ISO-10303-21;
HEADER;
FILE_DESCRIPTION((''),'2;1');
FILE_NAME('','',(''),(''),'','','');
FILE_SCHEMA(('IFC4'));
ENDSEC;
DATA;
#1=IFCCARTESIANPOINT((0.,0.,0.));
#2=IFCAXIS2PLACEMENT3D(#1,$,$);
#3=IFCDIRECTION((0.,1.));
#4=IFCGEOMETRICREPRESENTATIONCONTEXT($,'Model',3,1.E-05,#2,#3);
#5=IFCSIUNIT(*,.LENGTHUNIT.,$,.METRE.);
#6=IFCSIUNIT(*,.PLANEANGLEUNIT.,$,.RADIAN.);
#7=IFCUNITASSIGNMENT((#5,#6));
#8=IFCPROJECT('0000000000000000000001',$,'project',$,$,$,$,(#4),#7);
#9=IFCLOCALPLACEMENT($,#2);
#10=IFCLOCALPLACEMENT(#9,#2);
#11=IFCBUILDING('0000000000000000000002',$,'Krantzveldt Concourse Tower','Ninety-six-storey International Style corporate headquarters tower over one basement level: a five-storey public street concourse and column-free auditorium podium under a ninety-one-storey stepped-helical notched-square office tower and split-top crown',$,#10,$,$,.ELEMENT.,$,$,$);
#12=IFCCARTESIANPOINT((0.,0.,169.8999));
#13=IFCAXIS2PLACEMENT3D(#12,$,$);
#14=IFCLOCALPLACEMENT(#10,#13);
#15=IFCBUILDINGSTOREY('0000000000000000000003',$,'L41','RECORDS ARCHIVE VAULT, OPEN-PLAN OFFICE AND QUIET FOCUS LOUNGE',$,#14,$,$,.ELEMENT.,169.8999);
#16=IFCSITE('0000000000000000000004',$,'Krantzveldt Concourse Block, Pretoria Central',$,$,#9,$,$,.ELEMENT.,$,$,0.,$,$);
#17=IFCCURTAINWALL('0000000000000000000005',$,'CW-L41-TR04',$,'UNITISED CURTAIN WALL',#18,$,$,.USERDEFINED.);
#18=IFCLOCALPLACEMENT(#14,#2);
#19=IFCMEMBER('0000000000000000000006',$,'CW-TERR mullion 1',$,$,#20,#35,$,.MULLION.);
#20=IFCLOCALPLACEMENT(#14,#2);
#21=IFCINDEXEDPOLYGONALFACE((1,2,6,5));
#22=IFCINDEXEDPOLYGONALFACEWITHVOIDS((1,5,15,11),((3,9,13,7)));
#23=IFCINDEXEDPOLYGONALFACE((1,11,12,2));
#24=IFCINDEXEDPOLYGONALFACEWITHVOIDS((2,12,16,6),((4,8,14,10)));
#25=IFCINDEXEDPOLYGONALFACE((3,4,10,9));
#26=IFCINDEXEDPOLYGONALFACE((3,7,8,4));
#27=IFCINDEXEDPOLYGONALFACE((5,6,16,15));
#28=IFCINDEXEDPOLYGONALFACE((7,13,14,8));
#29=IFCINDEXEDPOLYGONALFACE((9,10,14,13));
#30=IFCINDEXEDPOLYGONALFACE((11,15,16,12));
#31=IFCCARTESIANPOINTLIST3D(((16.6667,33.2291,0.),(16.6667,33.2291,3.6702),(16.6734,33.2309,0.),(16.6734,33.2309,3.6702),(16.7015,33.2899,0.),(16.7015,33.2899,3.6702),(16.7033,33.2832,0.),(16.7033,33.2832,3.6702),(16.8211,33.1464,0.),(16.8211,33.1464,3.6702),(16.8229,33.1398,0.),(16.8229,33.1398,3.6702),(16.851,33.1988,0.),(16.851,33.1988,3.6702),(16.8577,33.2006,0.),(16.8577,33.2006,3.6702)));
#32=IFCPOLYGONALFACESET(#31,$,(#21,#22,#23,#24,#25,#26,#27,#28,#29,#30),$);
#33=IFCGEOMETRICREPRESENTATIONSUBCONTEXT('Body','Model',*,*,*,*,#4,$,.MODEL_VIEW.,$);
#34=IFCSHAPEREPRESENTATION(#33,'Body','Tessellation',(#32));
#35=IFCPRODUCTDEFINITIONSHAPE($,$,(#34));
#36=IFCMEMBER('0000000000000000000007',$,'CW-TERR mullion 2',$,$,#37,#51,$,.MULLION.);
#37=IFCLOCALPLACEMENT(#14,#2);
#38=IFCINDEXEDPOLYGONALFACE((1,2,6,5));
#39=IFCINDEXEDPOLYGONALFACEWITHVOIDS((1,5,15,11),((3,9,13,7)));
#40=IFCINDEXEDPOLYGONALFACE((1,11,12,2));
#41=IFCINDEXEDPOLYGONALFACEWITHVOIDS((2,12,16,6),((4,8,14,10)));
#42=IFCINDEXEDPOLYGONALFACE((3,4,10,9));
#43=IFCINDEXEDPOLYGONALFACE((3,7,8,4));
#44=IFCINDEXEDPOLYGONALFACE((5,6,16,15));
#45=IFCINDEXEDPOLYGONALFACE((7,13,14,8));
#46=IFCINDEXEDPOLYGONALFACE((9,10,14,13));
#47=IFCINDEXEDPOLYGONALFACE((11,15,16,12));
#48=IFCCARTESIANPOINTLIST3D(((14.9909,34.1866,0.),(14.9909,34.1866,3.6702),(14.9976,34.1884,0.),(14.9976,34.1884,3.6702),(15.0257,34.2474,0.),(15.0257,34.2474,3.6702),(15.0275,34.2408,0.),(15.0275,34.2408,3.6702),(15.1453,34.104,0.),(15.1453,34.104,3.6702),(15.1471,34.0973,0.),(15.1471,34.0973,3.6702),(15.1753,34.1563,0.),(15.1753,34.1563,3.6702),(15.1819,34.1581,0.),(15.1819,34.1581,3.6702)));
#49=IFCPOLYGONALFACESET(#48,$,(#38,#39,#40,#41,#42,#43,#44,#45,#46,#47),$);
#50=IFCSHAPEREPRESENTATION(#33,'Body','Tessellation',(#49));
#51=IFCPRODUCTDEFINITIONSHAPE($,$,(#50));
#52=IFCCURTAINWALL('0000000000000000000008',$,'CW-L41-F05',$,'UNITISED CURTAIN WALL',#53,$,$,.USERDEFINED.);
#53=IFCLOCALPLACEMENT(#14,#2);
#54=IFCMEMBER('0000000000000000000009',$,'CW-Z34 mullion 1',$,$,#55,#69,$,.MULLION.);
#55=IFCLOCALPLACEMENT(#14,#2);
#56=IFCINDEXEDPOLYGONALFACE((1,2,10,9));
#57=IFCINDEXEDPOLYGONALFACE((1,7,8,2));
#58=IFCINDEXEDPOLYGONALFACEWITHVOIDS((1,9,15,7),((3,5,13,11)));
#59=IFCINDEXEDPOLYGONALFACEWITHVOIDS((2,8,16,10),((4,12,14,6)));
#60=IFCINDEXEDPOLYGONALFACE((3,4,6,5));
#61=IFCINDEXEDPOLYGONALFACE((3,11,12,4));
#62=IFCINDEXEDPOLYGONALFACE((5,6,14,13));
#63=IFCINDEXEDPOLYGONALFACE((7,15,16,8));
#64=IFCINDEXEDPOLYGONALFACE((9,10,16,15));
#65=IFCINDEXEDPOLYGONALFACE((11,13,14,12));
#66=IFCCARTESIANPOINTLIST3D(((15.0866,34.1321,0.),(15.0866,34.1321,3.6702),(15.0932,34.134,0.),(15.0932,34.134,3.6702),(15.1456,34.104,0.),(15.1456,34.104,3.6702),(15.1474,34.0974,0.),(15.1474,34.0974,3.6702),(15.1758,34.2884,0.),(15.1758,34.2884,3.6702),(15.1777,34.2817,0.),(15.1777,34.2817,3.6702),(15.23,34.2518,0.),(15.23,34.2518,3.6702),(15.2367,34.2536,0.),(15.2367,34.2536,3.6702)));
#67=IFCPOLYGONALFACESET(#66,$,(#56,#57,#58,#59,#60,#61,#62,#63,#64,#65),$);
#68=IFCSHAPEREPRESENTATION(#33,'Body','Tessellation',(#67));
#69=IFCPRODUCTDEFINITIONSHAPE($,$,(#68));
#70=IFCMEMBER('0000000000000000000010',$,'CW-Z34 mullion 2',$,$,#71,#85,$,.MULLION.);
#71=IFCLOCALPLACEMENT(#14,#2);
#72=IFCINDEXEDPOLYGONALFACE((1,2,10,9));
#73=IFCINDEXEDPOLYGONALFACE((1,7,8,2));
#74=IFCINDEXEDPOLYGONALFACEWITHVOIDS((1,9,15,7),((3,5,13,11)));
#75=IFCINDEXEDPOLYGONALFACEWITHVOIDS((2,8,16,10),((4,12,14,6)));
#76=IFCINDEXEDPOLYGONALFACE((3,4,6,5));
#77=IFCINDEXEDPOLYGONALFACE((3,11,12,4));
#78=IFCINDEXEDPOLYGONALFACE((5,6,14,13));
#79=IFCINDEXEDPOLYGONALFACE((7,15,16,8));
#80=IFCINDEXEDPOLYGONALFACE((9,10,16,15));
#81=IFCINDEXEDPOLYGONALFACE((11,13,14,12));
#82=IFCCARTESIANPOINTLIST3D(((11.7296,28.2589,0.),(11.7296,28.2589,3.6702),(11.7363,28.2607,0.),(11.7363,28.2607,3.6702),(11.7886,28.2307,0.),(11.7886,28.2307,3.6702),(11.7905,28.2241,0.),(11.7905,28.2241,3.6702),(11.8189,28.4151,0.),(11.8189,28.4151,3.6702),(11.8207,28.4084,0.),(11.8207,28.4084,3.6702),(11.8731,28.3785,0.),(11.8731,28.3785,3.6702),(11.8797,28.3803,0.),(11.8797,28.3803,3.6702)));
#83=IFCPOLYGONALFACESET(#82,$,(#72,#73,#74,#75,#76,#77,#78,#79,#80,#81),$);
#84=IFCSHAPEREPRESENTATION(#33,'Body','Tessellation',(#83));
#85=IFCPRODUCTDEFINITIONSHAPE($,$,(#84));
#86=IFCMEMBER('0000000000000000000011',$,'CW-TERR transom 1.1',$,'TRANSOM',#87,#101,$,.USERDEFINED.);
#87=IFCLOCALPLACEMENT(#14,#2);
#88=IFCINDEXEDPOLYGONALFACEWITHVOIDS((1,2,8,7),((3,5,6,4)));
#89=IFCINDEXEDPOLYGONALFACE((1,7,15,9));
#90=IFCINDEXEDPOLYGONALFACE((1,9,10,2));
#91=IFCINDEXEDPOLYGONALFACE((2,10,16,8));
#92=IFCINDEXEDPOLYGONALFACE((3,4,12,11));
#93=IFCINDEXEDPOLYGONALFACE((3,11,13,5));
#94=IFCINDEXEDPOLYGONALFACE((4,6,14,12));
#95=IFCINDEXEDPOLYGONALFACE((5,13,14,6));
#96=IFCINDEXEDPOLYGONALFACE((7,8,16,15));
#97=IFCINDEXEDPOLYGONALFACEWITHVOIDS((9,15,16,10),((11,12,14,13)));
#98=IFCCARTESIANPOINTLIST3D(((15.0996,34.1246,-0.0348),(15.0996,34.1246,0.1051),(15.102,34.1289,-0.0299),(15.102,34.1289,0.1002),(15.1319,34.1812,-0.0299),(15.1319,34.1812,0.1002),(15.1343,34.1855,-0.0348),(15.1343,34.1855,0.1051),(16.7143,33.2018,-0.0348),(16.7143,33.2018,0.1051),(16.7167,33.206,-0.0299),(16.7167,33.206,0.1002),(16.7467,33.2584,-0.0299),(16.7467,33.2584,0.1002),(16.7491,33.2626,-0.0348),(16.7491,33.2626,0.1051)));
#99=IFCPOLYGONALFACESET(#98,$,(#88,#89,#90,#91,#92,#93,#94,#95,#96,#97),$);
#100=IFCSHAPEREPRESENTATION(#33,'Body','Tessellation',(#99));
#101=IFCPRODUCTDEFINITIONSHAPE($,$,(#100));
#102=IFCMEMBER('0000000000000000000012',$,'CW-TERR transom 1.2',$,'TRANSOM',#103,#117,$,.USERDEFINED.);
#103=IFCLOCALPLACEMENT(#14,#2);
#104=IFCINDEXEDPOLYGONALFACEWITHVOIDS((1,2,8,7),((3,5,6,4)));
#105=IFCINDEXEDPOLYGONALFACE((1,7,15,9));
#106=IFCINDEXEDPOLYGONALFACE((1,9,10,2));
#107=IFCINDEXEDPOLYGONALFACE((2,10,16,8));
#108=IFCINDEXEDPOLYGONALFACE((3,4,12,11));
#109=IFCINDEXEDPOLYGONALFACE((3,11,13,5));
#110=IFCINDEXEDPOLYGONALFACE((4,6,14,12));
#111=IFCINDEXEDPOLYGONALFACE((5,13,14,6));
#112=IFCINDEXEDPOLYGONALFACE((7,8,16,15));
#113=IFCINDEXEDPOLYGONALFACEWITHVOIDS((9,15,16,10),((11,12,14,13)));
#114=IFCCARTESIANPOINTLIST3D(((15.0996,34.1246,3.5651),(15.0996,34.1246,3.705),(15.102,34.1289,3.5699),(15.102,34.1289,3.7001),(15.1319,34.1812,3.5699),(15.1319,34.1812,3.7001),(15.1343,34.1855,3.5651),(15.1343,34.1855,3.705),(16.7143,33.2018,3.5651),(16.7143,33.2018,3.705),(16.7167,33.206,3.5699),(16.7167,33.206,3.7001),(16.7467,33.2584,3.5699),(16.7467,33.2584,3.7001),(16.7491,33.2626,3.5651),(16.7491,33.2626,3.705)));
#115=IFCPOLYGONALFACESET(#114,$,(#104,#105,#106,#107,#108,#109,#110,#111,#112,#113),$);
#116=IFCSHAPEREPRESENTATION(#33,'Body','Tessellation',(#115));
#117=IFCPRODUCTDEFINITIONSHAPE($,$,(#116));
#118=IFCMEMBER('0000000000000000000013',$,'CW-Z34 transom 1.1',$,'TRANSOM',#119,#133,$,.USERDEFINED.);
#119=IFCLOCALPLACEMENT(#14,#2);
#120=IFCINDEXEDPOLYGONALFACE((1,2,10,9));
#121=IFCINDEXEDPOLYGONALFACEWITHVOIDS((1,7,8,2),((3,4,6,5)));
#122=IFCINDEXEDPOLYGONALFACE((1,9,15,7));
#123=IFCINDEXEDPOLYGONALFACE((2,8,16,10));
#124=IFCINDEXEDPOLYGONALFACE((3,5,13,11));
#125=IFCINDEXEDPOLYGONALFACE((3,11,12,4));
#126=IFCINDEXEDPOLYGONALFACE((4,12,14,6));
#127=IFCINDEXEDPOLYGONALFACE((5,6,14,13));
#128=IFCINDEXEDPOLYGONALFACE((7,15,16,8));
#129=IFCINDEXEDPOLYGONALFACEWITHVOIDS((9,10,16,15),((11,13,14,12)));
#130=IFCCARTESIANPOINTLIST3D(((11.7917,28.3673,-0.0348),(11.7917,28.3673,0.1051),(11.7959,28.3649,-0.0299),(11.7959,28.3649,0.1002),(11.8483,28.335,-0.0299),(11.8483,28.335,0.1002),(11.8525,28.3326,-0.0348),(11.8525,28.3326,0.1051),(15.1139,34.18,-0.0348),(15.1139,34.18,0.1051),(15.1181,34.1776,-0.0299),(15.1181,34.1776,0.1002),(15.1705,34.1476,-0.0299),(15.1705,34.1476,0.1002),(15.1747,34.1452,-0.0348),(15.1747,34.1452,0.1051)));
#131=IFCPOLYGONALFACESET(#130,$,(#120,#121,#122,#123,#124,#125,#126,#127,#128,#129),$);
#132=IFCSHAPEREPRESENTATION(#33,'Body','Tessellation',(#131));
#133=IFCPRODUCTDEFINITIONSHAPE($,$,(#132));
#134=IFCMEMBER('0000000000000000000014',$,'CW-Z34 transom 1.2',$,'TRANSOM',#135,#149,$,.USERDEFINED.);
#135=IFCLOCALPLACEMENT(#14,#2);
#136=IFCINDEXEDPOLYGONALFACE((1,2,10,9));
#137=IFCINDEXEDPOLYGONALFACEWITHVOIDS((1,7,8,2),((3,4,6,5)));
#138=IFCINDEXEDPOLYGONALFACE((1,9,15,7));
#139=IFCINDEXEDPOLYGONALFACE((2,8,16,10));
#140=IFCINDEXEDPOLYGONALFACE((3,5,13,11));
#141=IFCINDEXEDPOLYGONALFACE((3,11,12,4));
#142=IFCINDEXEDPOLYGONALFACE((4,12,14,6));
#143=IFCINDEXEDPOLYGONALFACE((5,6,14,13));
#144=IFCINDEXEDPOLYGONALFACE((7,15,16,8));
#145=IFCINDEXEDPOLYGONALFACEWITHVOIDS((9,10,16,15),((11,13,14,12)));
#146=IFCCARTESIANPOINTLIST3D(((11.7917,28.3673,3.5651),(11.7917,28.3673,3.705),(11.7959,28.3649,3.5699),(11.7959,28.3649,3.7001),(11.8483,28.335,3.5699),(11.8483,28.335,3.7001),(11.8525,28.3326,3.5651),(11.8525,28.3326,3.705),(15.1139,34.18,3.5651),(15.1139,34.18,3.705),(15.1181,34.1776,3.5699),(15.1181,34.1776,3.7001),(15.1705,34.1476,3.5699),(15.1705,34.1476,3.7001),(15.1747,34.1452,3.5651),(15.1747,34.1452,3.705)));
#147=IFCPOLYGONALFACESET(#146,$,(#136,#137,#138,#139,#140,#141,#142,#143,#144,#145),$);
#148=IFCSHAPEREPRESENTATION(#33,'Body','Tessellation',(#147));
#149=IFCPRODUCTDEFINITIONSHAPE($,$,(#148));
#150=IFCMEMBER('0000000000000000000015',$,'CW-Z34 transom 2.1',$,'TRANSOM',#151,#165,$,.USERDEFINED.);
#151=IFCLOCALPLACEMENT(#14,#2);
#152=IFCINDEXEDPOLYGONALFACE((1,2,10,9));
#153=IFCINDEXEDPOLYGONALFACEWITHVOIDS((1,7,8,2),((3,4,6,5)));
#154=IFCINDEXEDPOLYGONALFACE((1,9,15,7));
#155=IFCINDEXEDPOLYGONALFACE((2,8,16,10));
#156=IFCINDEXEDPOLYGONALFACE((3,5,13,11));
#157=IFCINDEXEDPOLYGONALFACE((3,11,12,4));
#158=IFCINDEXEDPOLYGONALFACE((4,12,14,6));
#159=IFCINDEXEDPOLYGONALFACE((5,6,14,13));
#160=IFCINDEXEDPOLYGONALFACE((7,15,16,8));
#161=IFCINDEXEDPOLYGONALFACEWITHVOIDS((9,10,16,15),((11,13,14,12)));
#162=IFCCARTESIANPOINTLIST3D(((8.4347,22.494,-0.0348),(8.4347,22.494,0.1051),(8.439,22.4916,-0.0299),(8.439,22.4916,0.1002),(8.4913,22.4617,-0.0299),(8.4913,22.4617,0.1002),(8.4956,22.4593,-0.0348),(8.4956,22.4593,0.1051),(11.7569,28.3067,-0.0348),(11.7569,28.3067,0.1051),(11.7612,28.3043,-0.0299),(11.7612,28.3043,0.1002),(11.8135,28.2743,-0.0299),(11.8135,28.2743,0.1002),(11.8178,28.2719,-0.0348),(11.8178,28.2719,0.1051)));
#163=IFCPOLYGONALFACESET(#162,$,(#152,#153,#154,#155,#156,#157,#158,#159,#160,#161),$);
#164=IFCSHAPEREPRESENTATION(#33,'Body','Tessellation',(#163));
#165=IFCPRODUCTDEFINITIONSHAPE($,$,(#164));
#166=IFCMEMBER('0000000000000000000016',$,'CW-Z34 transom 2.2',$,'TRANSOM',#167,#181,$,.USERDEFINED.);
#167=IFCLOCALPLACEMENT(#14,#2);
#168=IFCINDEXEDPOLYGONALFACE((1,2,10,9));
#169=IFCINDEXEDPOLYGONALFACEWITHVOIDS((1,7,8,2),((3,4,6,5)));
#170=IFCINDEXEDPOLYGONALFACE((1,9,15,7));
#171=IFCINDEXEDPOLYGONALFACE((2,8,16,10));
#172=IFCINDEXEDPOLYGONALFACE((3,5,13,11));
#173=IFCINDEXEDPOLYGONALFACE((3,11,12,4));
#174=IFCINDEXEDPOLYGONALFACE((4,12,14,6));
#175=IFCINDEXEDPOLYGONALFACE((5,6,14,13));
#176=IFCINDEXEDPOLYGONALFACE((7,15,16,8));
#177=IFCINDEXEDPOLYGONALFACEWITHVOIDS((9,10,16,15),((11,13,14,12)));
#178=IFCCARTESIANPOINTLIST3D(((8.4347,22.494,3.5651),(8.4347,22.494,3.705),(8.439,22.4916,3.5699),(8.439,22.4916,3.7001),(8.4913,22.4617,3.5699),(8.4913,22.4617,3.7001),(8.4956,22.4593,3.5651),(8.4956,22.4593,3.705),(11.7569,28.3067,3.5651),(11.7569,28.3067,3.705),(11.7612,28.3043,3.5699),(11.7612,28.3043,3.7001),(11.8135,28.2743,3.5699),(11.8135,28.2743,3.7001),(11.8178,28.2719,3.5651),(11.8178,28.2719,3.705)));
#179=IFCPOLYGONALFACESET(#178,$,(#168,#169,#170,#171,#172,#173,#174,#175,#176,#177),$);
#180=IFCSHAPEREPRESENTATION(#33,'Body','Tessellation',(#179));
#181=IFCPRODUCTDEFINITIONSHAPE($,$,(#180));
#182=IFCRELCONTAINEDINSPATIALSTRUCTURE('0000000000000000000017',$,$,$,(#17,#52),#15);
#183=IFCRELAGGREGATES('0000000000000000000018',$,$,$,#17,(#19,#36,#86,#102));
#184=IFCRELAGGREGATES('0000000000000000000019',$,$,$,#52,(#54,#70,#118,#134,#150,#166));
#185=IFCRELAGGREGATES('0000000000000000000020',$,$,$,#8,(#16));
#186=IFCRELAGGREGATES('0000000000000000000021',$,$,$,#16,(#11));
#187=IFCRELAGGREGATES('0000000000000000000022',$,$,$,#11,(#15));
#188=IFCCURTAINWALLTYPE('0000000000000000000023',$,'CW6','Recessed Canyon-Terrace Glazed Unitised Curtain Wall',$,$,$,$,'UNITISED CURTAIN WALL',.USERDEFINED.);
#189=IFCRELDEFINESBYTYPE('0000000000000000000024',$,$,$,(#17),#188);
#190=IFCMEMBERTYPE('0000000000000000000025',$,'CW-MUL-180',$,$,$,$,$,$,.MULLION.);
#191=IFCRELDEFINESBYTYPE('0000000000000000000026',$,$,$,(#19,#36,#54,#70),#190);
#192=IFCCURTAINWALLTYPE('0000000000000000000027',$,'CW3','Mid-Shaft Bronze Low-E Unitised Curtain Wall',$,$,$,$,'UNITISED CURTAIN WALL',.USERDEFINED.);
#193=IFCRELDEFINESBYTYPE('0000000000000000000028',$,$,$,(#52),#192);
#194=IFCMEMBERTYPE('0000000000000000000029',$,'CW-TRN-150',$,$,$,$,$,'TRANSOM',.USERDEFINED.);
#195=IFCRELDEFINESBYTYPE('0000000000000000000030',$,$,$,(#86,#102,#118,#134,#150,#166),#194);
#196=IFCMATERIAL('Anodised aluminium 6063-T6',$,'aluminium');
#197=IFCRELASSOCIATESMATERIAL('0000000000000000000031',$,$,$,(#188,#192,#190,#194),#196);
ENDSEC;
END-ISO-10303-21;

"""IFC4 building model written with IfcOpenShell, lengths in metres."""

from ifc_helpers import new_model, si_unit, direction, frame, origin, origin_2d, place, context, subcontext, project, spatial, hollow_rectangle, extrude, source, transform, mapped, material, material_profile, profile_set, type_object, type_shapes, element, aggregate, save


model = new_model("IFC4")

# Units and contexts
model_context = context("Model", 3, precision=1e-05, world=origin(), true_north=direction((0.0, 1.0)))
body_context = subcontext(model_context, "Body", "Model", "MODEL_VIEW")
ifc_project = project(units=[si_unit("LENGTHUNIT", "METRE"), si_unit("PLANEANGLEUNIT", "RADIAN")], contexts=[model_context])

# Site, building, storey
site_placement = place(None, origin())
site = spatial("IfcSite", under=ifc_project, at=site_placement, Name="Krantzveldt Concourse Block, Pretoria Central", CompositionType="ELEMENT", RefElevation=0.0)
building_placement = place(site_placement, origin())
building = spatial("IfcBuilding", under=site, at=building_placement, Name="Krantzveldt Concourse Tower", Description="Ninety-six-storey International Style corporate headquarters tower over one basement level: a five-storey public street concourse and column-free auditorium podium under a ninety-one-storey stepped-helical notched-square office tower and split-top crown", CompositionType="ELEMENT")
storey_placement = place(building_placement, frame((0.0, 0.0, 169.8999)))
storey = spatial("IfcBuildingStorey", under=building, at=storey_placement, Name="L41", Description="RECORDS ARCHIVE VAULT, OPEN-PLAN OFFICE AND QUIET FOCUS LOUNGE", CompositionType="ELEMENT", Elevation=169.8999)

# Curtain walls, members
ifc_material_1 = material(Name="Anodised aluminium 6063-T6", Category="aluminium")
curtain_wall_type_1 = type_object("IfcCurtainWallType", Name="CW6", Description="Recessed Canyon-Terrace Glazed Unitised Curtain Wall", ElementType="UNITISED CURTAIN WALL", PredefinedType="USERDEFINED", material=ifc_material_1)
curtain_wall_1_placement = place(storey_placement, origin())
curtain_wall_1 = element("IfcCurtainWall", 1, at=curtain_wall_1_placement, inside=storey, type_object=curtain_wall_type_1, Name="CW-L41-TR04", ObjectType="UNITISED CURTAIN WALL", PredefinedType="USERDEFINED")
ifc_material_profile_1 = material_profile(ifc_material_1, hollow_rectangle(XDim=0.0701, YDim=0.1799, WallThickness=0.0049, at=origin_2d()), Name="Anodised aluminium 6063-T6", Category="aluminium")
ifc_profile_set_1 = profile_set([ifc_material_profile_1], Name="Anodised aluminium 6063-T6 - ALU-MULL 180x70x5")
member_type_1 = type_object("IfcMemberType", Name="CW-MUL-180", PredefinedType="MULLION", material=ifc_profile_set_1)
shared_shape_1 = source(origin(), body_context, "Body", "SweptSolid", [
    extrude(hollow_rectangle(XDim=0.0701, YDim=0.1799, WallThickness=0.0049, at=origin_2d()), origin(), (0.0, 0.0, 1.0), 3.6702),
])
type_shapes(member_type_1, [shared_shape_1])
member_1_placement = place(storey_placement, frame((16.7622, 33.2148, 0.0), z_axis=(0.0, 0.0, 1.0), x_axis=(-0.496219, -0.868198, 0.0)))
member_1 = element("IfcMember", 2, at=member_1_placement, type_object=member_type_1, Name="CW-TERR mullion 1", PredefinedType="MULLION", context=body_context, shape_type="MappedRepresentation", body=[
    mapped(shared_shape_1, transform((0.0, 0.0, 0.0), x_axis=(1.0, 0.0, 0.0), y_axis=(0.0, 1.0, 0.0), z_axis=(0.0, 0.0, 1.0), scale=1.0)),
])
member_2_placement = place(storey_placement, frame((15.0864, 34.1724, 0.0), z_axis=(0.0, 0.0, 1.0), x_axis=(-0.496219, -0.868198, 0.0)))
member_2 = element("IfcMember", 3, at=member_2_placement, type_object=member_type_1, Name="CW-TERR mullion 2", PredefinedType="MULLION", context=body_context, shape_type="MappedRepresentation", body=[
    mapped(shared_shape_1, transform((0.0, 0.0, 0.0), x_axis=(1.0, 0.0, 0.0), y_axis=(0.0, 1.0, 0.0), z_axis=(0.0, 0.0, 1.0), scale=1.0)),
])
curtain_wall_type_2 = type_object("IfcCurtainWallType", Name="CW3", Description="Mid-Shaft Bronze Low-E Unitised Curtain Wall", ElementType="UNITISED CURTAIN WALL", PredefinedType="USERDEFINED", material=ifc_material_1)
curtain_wall_2_placement = place(storey_placement, origin())
curtain_wall_2 = element("IfcCurtainWall", 4, at=curtain_wall_2_placement, inside=storey, type_object=curtain_wall_type_2, Name="CW-L41-F05", ObjectType="UNITISED CURTAIN WALL", PredefinedType="USERDEFINED")
member_3_placement = place(storey_placement, frame((15.1616, 34.1929, 0.0), z_axis=(0.0, 0.0, 1.0), x_axis=(0.868199, -0.496216, 0.0)))
member_3 = element("IfcMember", 5, at=member_3_placement, type_object=member_type_1, Name="CW-Z34 mullion 1", PredefinedType="MULLION", context=body_context, shape_type="MappedRepresentation", body=[
    mapped(shared_shape_1, transform((0.0, 0.0, 0.0), x_axis=(1.0, 0.0, 0.0), y_axis=(0.0, 1.0, 0.0), z_axis=(0.0, 0.0, 1.0), scale=1.0)),
])
member_4_placement = place(storey_placement, frame((11.8047, 28.3196, 0.0), z_axis=(0.0, 0.0, 1.0), x_axis=(0.868199, -0.496216, 0.0)))
member_4 = element("IfcMember", 6, at=member_4_placement, type_object=member_type_1, Name="CW-Z34 mullion 2", PredefinedType="MULLION", context=body_context, shape_type="MappedRepresentation", body=[
    mapped(shared_shape_1, transform((0.0, 0.0, 0.0), x_axis=(1.0, 0.0, 0.0), y_axis=(0.0, 1.0, 0.0), z_axis=(0.0, 0.0, 1.0), scale=1.0)),
])

# Members
ifc_material_profile_2 = material_profile(ifc_material_1, hollow_rectangle(XDim=0.0701, YDim=0.1399, WallThickness=0.0049, at=origin_2d()), Name="Anodised aluminium 6063-T6", Category="aluminium")
ifc_profile_set_2 = profile_set([ifc_material_profile_2], Name="Anodised aluminium 6063-T6 - ALU-TRAN 140x70x5")
member_type_2 = type_object("IfcMemberType", Name="CW-TRN-150", ElementType="TRANSOM", PredefinedType="USERDEFINED", material=ifc_profile_set_2)
shared_shape_2 = source(origin(), body_context, "Body", "SweptSolid", [
    extrude(hollow_rectangle(XDim=0.0701, YDim=0.1399, WallThickness=0.0049, at=origin_2d()), origin(), (0.0, 0.0, 1.0), 1.8599),
])
member_5_placement = place(storey_placement, frame((16.7317, 33.2322, 0.0352), z_axis=(-0.868211, 0.496195, 0.0), x_axis=(-0.496195, -0.868211, 0.0)))
member_5 = element("IfcMember", 7, at=member_5_placement, type_object=member_type_2, Name="CW-TERR transom 1.1", ObjectType="TRANSOM", PredefinedType="USERDEFINED", context=body_context, shape_type="MappedRepresentation", body=[
    mapped(shared_shape_2, transform((0.0, 0.0, 0.0), x_axis=(1.0, 0.0, 0.0), y_axis=(0.0, 1.0, 0.0), z_axis=(0.0, 0.0, 1.0), scale=1.0)),
])
member_6_placement = place(storey_placement, frame((16.7317, 33.2322, 3.635), z_axis=(-0.868211, 0.496195, 0.0), x_axis=(-0.496195, -0.868211, 0.0)))
member_6 = element("IfcMember", 8, at=member_6_placement, type_object=member_type_2, Name="CW-TERR transom 1.2", ObjectType="TRANSOM", PredefinedType="USERDEFINED", context=body_context, shape_type="MappedRepresentation", body=[
    mapped(shared_shape_2, transform((0.0, 0.0, 0.0), x_axis=(1.0, 0.0, 0.0), y_axis=(0.0, 1.0, 0.0), z_axis=(0.0, 0.0, 1.0), scale=1.0)),
])
shared_shape_3 = source(origin(), body_context, "Body", "SweptSolid", [
    extrude(hollow_rectangle(XDim=0.0701, YDim=0.1399, WallThickness=0.0049, at=origin_2d()), origin(), (0.0, 0.0, 1.0), 6.6951),
])
type_shapes(member_type_2, [shared_shape_2, shared_shape_3])
member_7_placement = place(storey_placement, frame((15.1443, 34.1626, 0.0352), z_axis=(-0.496217, -0.868198, 0.0), x_axis=(0.868198, -0.496217, 0.0)))
member_7 = element("IfcMember", 9, at=member_7_placement, type_object=member_type_2, Name="CW-Z34 transom 1.1", ObjectType="TRANSOM", PredefinedType="USERDEFINED", context=body_context, shape_type="MappedRepresentation", body=[
    mapped(shared_shape_3, transform((0.0, 0.0, 0.0), x_axis=(1.0, 0.0, 0.0), y_axis=(0.0, 1.0, 0.0), z_axis=(0.0, 0.0, 1.0), scale=1.0)),
])
member_8_placement = place(storey_placement, frame((15.1443, 34.1626, 3.635), z_axis=(-0.496217, -0.868198, 0.0), x_axis=(0.868198, -0.496217, 0.0)))
member_8 = element("IfcMember", 10, at=member_8_placement, type_object=member_type_2, Name="CW-Z34 transom 1.2", ObjectType="TRANSOM", PredefinedType="USERDEFINED", context=body_context, shape_type="MappedRepresentation", body=[
    mapped(shared_shape_3, transform((0.0, 0.0, 0.0), x_axis=(1.0, 0.0, 0.0), y_axis=(0.0, 1.0, 0.0), z_axis=(0.0, 0.0, 1.0), scale=1.0)),
])
member_9_placement = place(storey_placement, frame((11.7874, 28.2893, 0.0352), z_axis=(-0.496217, -0.868198, 0.0), x_axis=(0.868198, -0.496217, 0.0)))
member_9 = element("IfcMember", 11, at=member_9_placement, type_object=member_type_2, Name="CW-Z34 transom 2.1", ObjectType="TRANSOM", PredefinedType="USERDEFINED", context=body_context, shape_type="MappedRepresentation", body=[
    mapped(shared_shape_3, transform((0.0, 0.0, 0.0), x_axis=(1.0, 0.0, 0.0), y_axis=(0.0, 1.0, 0.0), z_axis=(0.0, 0.0, 1.0), scale=1.0)),
])
member_10_placement = place(storey_placement, frame((11.7874, 28.2893, 3.635), z_axis=(-0.496217, -0.868198, 0.0), x_axis=(0.868198, -0.496217, 0.0)))
member_10 = element("IfcMember", 12, at=member_10_placement, type_object=member_type_2, Name="CW-Z34 transom 2.2", ObjectType="TRANSOM", PredefinedType="USERDEFINED", context=body_context, shape_type="MappedRepresentation", body=[
    mapped(shared_shape_3, transform((0.0, 0.0, 0.0), x_axis=(1.0, 0.0, 0.0), y_axis=(0.0, 1.0, 0.0), z_axis=(0.0, 0.0, 1.0), scale=1.0)),
])

aggregate(curtain_wall_1, [member_1, member_2, member_5, member_6])
aggregate(curtain_wall_2, [member_3, member_4, member_7, member_8, member_9, member_10])

save(model, "model.ifc")
